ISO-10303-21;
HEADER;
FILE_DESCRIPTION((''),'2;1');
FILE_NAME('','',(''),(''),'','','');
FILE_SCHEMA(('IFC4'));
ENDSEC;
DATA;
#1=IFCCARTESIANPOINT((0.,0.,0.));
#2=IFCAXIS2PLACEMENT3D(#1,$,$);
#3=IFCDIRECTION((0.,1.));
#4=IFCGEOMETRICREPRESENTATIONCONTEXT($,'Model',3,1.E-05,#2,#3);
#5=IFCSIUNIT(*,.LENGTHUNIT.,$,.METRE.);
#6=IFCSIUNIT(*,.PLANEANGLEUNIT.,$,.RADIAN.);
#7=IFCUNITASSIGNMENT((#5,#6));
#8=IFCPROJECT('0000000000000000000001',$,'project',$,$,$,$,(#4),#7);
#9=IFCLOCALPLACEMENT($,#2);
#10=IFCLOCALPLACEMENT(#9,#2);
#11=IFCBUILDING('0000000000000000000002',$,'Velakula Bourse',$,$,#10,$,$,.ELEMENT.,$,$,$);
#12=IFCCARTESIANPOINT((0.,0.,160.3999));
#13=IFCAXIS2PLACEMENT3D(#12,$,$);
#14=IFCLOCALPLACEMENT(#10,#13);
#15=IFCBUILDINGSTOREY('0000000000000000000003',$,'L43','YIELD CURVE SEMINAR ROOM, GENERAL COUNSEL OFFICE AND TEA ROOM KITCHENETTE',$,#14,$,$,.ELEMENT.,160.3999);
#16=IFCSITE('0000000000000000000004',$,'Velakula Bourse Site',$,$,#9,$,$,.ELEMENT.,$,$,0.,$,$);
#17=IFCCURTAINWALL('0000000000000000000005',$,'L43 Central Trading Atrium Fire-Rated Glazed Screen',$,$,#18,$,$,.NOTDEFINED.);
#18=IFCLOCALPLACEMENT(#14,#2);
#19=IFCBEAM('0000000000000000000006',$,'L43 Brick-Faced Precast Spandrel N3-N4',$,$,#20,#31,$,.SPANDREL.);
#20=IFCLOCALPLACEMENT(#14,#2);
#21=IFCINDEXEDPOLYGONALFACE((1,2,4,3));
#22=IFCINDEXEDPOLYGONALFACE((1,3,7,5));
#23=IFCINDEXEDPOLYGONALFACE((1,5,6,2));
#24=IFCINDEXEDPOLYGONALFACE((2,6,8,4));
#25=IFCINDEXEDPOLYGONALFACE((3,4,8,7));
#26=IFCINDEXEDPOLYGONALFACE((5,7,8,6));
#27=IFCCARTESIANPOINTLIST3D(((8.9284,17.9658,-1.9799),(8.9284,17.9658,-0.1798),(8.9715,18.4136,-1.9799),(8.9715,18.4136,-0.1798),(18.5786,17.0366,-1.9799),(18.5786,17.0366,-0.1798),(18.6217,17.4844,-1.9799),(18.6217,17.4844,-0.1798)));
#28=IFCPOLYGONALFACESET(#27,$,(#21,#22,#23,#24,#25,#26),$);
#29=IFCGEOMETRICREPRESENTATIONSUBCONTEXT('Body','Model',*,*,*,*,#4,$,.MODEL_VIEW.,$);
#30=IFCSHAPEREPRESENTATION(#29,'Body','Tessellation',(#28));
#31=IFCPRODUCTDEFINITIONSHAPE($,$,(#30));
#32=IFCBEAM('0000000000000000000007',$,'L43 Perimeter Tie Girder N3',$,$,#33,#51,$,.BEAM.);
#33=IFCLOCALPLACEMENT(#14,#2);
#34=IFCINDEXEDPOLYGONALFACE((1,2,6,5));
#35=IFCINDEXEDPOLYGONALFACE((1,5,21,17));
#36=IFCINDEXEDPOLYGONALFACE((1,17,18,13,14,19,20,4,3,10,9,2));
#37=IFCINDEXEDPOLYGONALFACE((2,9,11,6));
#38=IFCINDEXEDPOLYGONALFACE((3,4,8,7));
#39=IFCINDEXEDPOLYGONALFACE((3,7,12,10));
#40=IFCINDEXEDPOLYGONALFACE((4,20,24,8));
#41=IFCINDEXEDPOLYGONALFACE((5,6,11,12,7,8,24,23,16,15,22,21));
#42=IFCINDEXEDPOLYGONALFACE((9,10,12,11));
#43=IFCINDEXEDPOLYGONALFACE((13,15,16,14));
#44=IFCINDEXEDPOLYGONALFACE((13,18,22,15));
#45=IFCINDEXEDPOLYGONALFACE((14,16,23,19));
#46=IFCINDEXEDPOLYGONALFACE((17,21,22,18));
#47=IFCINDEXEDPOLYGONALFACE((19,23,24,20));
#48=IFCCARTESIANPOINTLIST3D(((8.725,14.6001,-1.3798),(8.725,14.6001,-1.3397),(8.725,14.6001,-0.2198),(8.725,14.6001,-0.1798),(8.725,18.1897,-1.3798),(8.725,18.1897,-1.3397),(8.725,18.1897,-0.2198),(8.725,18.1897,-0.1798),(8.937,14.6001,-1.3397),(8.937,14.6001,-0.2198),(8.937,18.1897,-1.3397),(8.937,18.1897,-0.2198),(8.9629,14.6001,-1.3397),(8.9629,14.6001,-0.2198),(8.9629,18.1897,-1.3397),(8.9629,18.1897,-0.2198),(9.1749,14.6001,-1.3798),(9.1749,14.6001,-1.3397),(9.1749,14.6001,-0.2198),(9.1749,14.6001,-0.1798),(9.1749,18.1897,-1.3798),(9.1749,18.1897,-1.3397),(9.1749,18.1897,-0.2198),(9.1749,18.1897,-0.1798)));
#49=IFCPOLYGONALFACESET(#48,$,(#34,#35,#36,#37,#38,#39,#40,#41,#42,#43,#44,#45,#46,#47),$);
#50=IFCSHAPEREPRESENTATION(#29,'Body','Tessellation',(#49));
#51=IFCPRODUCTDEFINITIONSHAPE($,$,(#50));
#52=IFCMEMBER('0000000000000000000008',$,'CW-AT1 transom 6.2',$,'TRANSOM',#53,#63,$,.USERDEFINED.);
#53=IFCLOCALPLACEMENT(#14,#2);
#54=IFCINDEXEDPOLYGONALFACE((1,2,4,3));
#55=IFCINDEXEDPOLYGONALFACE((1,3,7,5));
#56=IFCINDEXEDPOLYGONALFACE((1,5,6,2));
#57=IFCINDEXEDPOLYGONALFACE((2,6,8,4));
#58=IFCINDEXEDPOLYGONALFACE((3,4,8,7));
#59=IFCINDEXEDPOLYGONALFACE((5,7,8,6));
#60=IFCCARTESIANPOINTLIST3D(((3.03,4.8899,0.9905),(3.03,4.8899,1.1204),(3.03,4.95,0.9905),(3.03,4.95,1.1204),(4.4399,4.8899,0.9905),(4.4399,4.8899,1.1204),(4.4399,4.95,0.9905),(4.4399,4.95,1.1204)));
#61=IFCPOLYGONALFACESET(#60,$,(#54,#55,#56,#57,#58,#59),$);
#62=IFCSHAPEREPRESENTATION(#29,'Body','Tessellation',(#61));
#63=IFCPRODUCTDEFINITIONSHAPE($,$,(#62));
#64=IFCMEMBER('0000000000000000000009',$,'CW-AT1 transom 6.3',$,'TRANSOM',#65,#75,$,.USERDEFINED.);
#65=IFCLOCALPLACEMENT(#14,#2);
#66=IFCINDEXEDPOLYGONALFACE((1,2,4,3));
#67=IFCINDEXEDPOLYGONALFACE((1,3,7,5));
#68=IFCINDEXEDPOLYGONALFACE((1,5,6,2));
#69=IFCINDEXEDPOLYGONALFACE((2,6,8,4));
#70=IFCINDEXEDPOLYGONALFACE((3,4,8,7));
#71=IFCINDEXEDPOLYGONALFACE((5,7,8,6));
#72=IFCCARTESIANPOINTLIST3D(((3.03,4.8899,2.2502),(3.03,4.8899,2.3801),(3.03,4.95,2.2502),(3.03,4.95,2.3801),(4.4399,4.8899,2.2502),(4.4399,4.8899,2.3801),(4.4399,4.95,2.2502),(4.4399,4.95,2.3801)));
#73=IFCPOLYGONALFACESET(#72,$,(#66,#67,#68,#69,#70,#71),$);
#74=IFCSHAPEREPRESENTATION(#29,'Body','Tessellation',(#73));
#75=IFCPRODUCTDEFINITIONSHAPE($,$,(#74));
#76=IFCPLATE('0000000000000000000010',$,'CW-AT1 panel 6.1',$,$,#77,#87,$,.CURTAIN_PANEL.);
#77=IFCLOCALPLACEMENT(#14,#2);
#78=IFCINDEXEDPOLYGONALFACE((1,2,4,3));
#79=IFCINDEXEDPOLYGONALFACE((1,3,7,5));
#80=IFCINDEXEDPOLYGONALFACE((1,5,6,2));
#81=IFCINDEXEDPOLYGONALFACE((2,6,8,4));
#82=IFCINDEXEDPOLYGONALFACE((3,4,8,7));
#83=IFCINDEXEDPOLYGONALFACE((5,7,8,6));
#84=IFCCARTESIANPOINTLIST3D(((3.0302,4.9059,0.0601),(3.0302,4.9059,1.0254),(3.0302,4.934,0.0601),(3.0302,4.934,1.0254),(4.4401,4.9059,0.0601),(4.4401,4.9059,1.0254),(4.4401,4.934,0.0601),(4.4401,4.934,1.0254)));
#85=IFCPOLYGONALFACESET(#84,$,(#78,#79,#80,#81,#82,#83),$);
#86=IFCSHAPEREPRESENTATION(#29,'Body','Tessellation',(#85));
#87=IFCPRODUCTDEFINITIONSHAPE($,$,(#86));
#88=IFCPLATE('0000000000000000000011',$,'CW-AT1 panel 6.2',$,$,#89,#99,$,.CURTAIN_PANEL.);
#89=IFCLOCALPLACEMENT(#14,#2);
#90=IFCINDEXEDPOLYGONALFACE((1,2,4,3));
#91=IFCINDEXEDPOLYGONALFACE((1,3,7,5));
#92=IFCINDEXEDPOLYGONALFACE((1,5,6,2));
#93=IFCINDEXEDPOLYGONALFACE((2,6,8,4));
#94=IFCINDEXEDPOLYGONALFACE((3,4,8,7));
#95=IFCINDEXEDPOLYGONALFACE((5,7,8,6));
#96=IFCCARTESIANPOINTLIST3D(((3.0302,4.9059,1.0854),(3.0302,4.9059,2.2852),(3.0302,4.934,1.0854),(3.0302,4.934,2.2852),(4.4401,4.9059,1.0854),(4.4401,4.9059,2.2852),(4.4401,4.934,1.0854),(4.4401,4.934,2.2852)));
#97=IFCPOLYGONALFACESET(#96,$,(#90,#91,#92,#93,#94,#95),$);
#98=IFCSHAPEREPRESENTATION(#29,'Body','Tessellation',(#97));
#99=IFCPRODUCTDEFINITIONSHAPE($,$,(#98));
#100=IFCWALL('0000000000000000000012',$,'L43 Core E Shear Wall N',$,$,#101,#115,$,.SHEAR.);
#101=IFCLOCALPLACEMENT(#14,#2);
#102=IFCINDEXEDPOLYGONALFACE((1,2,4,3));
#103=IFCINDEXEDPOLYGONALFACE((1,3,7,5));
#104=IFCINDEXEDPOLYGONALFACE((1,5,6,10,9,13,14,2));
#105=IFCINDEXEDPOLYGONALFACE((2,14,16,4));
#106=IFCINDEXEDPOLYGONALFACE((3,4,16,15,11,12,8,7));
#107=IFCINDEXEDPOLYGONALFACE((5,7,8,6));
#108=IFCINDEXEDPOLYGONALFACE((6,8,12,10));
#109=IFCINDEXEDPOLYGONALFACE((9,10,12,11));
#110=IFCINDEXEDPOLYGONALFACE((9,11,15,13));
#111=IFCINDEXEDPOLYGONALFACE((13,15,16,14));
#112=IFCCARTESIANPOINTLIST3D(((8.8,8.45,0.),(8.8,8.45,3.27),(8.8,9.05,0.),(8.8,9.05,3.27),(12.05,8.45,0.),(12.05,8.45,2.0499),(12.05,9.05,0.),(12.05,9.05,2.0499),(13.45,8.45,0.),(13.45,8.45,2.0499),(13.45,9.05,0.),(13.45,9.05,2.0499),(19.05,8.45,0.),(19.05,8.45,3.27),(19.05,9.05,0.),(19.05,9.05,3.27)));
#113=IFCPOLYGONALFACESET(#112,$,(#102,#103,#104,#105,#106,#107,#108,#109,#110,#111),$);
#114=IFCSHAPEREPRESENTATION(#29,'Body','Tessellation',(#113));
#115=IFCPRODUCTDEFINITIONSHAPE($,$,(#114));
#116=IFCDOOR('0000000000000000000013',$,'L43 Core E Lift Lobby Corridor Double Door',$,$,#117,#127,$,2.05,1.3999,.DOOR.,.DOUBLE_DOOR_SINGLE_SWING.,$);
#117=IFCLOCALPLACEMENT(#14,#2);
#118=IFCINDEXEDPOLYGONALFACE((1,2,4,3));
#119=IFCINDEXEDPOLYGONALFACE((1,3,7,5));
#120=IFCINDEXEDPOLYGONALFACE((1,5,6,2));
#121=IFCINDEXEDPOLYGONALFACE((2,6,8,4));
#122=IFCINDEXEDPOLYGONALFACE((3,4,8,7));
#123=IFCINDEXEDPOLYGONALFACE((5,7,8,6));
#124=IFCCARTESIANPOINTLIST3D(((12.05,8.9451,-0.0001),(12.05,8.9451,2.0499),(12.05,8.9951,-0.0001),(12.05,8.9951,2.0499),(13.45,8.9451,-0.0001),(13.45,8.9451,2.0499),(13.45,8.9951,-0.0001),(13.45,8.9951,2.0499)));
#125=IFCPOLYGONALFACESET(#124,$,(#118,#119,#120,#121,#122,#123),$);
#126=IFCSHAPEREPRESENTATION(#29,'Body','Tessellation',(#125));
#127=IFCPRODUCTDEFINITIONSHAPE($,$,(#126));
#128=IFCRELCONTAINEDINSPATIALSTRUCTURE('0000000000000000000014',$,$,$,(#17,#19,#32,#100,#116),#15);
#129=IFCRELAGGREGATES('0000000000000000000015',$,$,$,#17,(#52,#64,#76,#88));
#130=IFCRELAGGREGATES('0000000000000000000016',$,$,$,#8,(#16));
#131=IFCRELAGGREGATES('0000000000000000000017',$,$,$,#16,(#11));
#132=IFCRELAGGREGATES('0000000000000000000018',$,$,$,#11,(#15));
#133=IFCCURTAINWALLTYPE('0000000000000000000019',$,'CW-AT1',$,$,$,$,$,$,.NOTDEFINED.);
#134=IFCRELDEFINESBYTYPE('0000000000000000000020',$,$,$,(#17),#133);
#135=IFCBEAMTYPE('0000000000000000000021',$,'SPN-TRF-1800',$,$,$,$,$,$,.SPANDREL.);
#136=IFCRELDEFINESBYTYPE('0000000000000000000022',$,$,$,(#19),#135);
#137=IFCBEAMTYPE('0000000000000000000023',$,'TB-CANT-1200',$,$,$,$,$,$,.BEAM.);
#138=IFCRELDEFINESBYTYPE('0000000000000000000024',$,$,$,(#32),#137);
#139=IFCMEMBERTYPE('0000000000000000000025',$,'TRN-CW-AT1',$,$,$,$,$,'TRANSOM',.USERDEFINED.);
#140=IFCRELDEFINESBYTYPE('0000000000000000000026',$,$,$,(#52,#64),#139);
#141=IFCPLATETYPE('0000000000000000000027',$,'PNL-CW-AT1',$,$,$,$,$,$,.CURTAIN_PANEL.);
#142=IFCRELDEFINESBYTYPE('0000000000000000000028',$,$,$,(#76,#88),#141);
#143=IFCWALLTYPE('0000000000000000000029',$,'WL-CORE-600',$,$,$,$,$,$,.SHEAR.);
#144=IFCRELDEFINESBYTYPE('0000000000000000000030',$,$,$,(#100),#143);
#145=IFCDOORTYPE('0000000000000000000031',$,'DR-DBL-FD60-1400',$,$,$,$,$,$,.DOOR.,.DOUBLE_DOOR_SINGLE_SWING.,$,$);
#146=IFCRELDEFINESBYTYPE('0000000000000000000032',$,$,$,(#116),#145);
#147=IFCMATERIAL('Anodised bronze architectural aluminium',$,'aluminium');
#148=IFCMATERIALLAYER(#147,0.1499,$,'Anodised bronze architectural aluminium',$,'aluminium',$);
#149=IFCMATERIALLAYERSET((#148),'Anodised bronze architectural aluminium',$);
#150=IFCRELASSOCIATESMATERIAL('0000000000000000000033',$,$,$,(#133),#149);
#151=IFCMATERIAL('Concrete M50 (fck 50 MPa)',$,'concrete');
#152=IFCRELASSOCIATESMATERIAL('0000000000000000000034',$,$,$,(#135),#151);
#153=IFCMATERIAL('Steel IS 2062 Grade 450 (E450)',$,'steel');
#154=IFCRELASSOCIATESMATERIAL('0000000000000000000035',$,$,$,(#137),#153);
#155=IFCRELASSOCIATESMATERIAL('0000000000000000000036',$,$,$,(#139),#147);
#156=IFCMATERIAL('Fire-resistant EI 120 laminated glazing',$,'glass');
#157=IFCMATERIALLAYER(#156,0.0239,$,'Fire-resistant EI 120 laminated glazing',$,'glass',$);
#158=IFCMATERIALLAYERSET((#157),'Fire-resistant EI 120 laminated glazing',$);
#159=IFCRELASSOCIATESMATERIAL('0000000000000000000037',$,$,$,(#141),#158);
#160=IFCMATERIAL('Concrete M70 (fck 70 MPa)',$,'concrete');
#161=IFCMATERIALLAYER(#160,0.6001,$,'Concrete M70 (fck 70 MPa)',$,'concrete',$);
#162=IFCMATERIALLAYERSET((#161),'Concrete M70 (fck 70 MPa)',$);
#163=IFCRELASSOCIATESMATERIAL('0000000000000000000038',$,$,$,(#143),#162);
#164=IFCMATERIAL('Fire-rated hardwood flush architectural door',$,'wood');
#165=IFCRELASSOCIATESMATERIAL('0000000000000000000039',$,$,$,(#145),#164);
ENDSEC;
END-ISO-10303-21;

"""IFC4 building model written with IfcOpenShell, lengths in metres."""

from ifc_helpers import new_model, si_unit, direction, frame, frame_2d, origin, origin_2d, place, context, subcontext, project, spatial, rectangle, i_section, extrude, material, layer, layer_set, material_profile, profile_set, type_object, element, fill, aggregate, save


model = new_model("IFC4")

# Units and contexts
model_context = context("Model", 3, precision=1e-05, world=origin(), true_north=direction((0.0, 1.0)))
body_context = subcontext(model_context, "Body", "Model", "MODEL_VIEW")
ifc_project = project(units=[si_unit("LENGTHUNIT", "METRE"), si_unit("PLANEANGLEUNIT", "RADIAN")], contexts=[model_context])

# Site, building, storey
site_placement = place(None, origin())
site = spatial("IfcSite", under=ifc_project, at=site_placement, Name="Velakula Bourse Site", CompositionType="ELEMENT", RefElevation=0.0)
building_placement = place(site_placement, origin())
building = spatial("IfcBuilding", under=site, at=building_placement, Name="Velakula Bourse", CompositionType="ELEMENT")
storey_placement = place(building_placement, frame((0.0, 0.0, 160.3999)))
storey = spatial("IfcBuildingStorey", under=building, at=storey_placement, Name="L43", Description="YIELD CURVE SEMINAR ROOM, GENERAL COUNSEL OFFICE AND TEA ROOM KITCHENETTE", CompositionType="ELEMENT", Elevation=160.3999)

# Shared definitions
ifc_material_1 = material(Name="Concrete M70 (fck 70 MPa)", Category="concrete")

# Curtain wall
ifc_material_2 = material(Name="Anodised bronze architectural aluminium", Category="aluminium")
ifc_layer_1 = layer(ifc_material_2, 0.1499, Name="Anodised bronze architectural aluminium", Category="aluminium")
ifc_layer_set_1 = layer_set([ifc_layer_1], Name="Anodised bronze architectural aluminium")
curtain_wall_type = type_object("IfcCurtainWallType", Name="CW-AT1", PredefinedType="NOTDEFINED", material=ifc_layer_set_1)
curtain_wall_placement = place(storey_placement, origin())
curtain_wall = element("IfcCurtainWall", 1, at=curtain_wall_placement, inside=storey, type_object=curtain_wall_type, Name="L43 Central Trading Atrium Fire-Rated Glazed Screen", PredefinedType="NOTDEFINED")

# Beams
ifc_material_3 = material(Name="Concrete M50 (fck 50 MPa)", Category="concrete")
ifc_material_profile_1 = material_profile(ifc_material_3, rectangle(XDim=0.45, YDim=1.8, at=origin_2d()), Name="Concrete M50 (fck 50 MPa)")
ifc_profile_set_1 = profile_set([ifc_material_profile_1], Name="Concrete M50 (fck 50 MPa)")
beam_type_1 = type_object("IfcBeamType", Name="SPN-TRF-1800", PredefinedType="SPANDREL", material=ifc_profile_set_1)
beam_1_placement = place(storey_placement, frame((8.95, 18.1897, -1.0798), z_axis=(0.995396, -0.095845, 0.0), x_axis=(0.095845, 0.995396, 0.0)))
element("IfcBeam", 2, at=beam_1_placement, inside=storey, type_object=beam_type_1, Name="L43 Brick-Faced Precast Spandrel N3-N4", PredefinedType="SPANDREL", context=body_context, shape_type="SweptSolid", body=[
    extrude(rectangle(XDim=0.45, YDim=1.8, at=origin_2d()), origin(), (0.0, 0.0, 1.0), 9.6948),
])
ifc_material_4 = material(Name="Steel IS 2062 Grade 450 (E450)", Category="steel")
ifc_material_profile_2 = material_profile(ifc_material_4, i_section(OverallWidth=0.45, OverallDepth=1.2, WebThickness=0.0259, FlangeThickness=0.04, at=origin_2d()), Name="Steel IS 2062 Grade 450 (E450)")
ifc_profile_set_2 = profile_set([ifc_material_profile_2], Name="Steel IS 2062 Grade 450 (E450)")
beam_type_2 = type_object("IfcBeamType", Name="TB-CANT-1200", PredefinedType="BEAM", material=ifc_profile_set_2)
beam_2_placement = place(storey_placement, frame((8.95, 14.6001, -0.7798), z_axis=(0.0, 1.0, 0.0), x_axis=(-1.0, 0.0, 0.0)))
element("IfcBeam", 3, at=beam_2_placement, inside=storey, type_object=beam_type_2, Name="L43 Perimeter Tie Girder N3", PredefinedType="BEAM", context=body_context, shape_type="SweptSolid", body=[
    extrude(i_section(OverallWidth=0.45, OverallDepth=1.2, WebThickness=0.0259, FlangeThickness=0.04, at=origin_2d()), origin(), (0.0, 0.0, 1.0), 3.5896),
])

# Members
ifc_material_profile_3 = material_profile(ifc_material_2, rectangle(XDim=0.0601, YDim=0.1299, at=origin_2d()), Name="Anodised bronze architectural aluminium")
ifc_profile_set_3 = profile_set([ifc_material_profile_3], Name="Anodised bronze architectural aluminium")
member_type_1 = type_object("IfcMemberType", Name="TRN-CW-AT1", ElementType="TRANSOM", PredefinedType="USERDEFINED", material=ifc_profile_set_3)
member_1_placement = place(storey_placement, frame((3.03, 4.9199, 1.0554), z_axis=(1.0, 0.0, 0.0), x_axis=(0.0, 1.0, 0.0)))
member_1 = element("IfcMember", 4, at=member_1_placement, type_object=member_type_1, Name="CW-AT1 transom 6.2", ObjectType="TRANSOM", PredefinedType="USERDEFINED", context=body_context, shape_type="SweptSolid", body=[
    extrude(rectangle(XDim=0.0601, YDim=0.1299, at=origin_2d()), origin(), (0.0, 0.0, 1.0), 1.4099),
])
member_2_placement = place(storey_placement, frame((3.03, 4.9199, 2.3152), z_axis=(1.0, 0.0, 0.0), x_axis=(0.0, 1.0, 0.0)))
member_2 = element("IfcMember", 5, at=member_2_placement, type_object=member_type_1, Name="CW-AT1 transom 6.3", ObjectType="TRANSOM", PredefinedType="USERDEFINED", context=body_context, shape_type="SweptSolid", body=[
    extrude(rectangle(XDim=0.0601, YDim=0.1299, at=origin_2d()), origin(), (0.0, 0.0, 1.0), 1.4099),
])

# Plates
ifc_material_5 = material(Name="Fire-resistant EI 120 laminated glazing", Category="glass")
ifc_layer_2 = layer(ifc_material_5, 0.0239, Name="Fire-resistant EI 120 laminated glazing", Category="glass")
ifc_layer_set_2 = layer_set([ifc_layer_2], Name="Fire-resistant EI 120 laminated glazing")
plate_type = type_object("IfcPlateType", Name="PNL-CW-AT1", PredefinedType="CURTAIN_PANEL", material=ifc_layer_set_2)
plate_1_placement = place(storey_placement, frame((3.7351, 4.9199, 0.0601), z_axis=(0.0, 0.0, 1.0), x_axis=(1.0, 0.0, 0.0)))
plate_1 = element("IfcPlate", 6, at=plate_1_placement, type_object=plate_type, Name="CW-AT1 panel 6.1", PredefinedType="CURTAIN_PANEL", context=body_context, shape_type="SweptSolid", body=[
    extrude(rectangle(XDim=1.4099, YDim=0.0281, at=origin_2d()), origin(), (0.0, 0.0, 1.0), 0.9653),
])
plate_2_placement = place(storey_placement, frame((3.7351, 4.9199, 1.0854), z_axis=(0.0, 0.0, 1.0), x_axis=(1.0, 0.0, 0.0)))
plate_2 = element("IfcPlate", 7, at=plate_2_placement, type_object=plate_type, Name="CW-AT1 panel 6.2", PredefinedType="CURTAIN_PANEL", context=body_context, shape_type="SweptSolid", body=[
    extrude(rectangle(XDim=1.4099, YDim=0.0281, at=origin_2d()), origin(), (0.0, 0.0, 1.0), 1.1997),
])
aggregate(curtain_wall, [member_1, member_2, plate_1, plate_2])

# Wall, opening, door
ifc_layer_3 = layer(ifc_material_1, 0.6001, Name="Concrete M70 (fck 70 MPa)", Category="concrete")
ifc_layer_set_3 = layer_set([ifc_layer_3], Name="Concrete M70 (fck 70 MPa)")
wall_type_1 = type_object("IfcWallType", Name="WL-CORE-600", PredefinedType="SHEAR", material=ifc_layer_set_3)
wall_1_placement = place(storey_placement, frame((8.8, 8.75, 0.0), z_axis=(0.0, 0.0, 1.0), x_axis=(1.0, 0.0, 0.0)))
wall_1 = element("IfcWall", 8, at=wall_1_placement, inside=storey, type_object=wall_type_1, Name="L43 Core E Shear Wall N", PredefinedType="SHEAR", context=body_context, shape_type="SweptSolid", body=[
    extrude(rectangle(XDim=10.25, YDim=0.6001, at=frame_2d((5.125, 0.0))), origin(), (0.0, 0.0, 1.0), 3.27),
])
opening_1_placement = place(wall_1_placement, frame((3.25, 0.0, 0.0)))
opening_1 = element("IfcOpeningElement", 9, at=opening_1_placement, cuts=wall_1, PredefinedType="OPENING", context=body_context, shape_type="SweptSolid", body=[
    extrude(rectangle(XDim=1.3999, YDim=2.05, at=frame_2d((0.7, 1.0249))), frame((0.0, 0.3101, 0.0), z_axis=(0.0, -1.0, 0.0), x_axis=(1.0, 0.0, 0.0)), (0.0, 0.0, 1.0), 0.6201),
])
ifc_material_6 = material(Name="Fire-rated hardwood flush architectural door", Category="wood")
door_type_1 = type_object("IfcDoorType", Name="DR-DBL-FD60-1400", OperationType="DOUBLE_DOOR_SINGLE_SWING", PredefinedType="DOOR", material=ifc_material_6)
door_1_placement = place(opening_1_placement, origin())
door_1 = element("IfcDoor", 10, at=door_1_placement, inside=storey, type_object=door_type_1, Name="L43 Core E Lift Lobby Corridor Double Door", OperationType="DOUBLE_DOOR_SINGLE_SWING", OverallHeight=2.05, OverallWidth=1.3999, PredefinedType="DOOR", context=body_context, shape_type="SweptSolid", body=[
    extrude(rectangle(XDim=1.3999, YDim=2.05, at=frame_2d((0.7, 1.0249))), frame((0.0, 0.2451, 0.0), z_axis=(0.0, -1.0, 0.0), x_axis=(1.0, 0.0, 0.0)), (0.0, 0.0, 1.0), 0.05),
])
fill(opening_1, door_1)

save(model, "model.ifc")
